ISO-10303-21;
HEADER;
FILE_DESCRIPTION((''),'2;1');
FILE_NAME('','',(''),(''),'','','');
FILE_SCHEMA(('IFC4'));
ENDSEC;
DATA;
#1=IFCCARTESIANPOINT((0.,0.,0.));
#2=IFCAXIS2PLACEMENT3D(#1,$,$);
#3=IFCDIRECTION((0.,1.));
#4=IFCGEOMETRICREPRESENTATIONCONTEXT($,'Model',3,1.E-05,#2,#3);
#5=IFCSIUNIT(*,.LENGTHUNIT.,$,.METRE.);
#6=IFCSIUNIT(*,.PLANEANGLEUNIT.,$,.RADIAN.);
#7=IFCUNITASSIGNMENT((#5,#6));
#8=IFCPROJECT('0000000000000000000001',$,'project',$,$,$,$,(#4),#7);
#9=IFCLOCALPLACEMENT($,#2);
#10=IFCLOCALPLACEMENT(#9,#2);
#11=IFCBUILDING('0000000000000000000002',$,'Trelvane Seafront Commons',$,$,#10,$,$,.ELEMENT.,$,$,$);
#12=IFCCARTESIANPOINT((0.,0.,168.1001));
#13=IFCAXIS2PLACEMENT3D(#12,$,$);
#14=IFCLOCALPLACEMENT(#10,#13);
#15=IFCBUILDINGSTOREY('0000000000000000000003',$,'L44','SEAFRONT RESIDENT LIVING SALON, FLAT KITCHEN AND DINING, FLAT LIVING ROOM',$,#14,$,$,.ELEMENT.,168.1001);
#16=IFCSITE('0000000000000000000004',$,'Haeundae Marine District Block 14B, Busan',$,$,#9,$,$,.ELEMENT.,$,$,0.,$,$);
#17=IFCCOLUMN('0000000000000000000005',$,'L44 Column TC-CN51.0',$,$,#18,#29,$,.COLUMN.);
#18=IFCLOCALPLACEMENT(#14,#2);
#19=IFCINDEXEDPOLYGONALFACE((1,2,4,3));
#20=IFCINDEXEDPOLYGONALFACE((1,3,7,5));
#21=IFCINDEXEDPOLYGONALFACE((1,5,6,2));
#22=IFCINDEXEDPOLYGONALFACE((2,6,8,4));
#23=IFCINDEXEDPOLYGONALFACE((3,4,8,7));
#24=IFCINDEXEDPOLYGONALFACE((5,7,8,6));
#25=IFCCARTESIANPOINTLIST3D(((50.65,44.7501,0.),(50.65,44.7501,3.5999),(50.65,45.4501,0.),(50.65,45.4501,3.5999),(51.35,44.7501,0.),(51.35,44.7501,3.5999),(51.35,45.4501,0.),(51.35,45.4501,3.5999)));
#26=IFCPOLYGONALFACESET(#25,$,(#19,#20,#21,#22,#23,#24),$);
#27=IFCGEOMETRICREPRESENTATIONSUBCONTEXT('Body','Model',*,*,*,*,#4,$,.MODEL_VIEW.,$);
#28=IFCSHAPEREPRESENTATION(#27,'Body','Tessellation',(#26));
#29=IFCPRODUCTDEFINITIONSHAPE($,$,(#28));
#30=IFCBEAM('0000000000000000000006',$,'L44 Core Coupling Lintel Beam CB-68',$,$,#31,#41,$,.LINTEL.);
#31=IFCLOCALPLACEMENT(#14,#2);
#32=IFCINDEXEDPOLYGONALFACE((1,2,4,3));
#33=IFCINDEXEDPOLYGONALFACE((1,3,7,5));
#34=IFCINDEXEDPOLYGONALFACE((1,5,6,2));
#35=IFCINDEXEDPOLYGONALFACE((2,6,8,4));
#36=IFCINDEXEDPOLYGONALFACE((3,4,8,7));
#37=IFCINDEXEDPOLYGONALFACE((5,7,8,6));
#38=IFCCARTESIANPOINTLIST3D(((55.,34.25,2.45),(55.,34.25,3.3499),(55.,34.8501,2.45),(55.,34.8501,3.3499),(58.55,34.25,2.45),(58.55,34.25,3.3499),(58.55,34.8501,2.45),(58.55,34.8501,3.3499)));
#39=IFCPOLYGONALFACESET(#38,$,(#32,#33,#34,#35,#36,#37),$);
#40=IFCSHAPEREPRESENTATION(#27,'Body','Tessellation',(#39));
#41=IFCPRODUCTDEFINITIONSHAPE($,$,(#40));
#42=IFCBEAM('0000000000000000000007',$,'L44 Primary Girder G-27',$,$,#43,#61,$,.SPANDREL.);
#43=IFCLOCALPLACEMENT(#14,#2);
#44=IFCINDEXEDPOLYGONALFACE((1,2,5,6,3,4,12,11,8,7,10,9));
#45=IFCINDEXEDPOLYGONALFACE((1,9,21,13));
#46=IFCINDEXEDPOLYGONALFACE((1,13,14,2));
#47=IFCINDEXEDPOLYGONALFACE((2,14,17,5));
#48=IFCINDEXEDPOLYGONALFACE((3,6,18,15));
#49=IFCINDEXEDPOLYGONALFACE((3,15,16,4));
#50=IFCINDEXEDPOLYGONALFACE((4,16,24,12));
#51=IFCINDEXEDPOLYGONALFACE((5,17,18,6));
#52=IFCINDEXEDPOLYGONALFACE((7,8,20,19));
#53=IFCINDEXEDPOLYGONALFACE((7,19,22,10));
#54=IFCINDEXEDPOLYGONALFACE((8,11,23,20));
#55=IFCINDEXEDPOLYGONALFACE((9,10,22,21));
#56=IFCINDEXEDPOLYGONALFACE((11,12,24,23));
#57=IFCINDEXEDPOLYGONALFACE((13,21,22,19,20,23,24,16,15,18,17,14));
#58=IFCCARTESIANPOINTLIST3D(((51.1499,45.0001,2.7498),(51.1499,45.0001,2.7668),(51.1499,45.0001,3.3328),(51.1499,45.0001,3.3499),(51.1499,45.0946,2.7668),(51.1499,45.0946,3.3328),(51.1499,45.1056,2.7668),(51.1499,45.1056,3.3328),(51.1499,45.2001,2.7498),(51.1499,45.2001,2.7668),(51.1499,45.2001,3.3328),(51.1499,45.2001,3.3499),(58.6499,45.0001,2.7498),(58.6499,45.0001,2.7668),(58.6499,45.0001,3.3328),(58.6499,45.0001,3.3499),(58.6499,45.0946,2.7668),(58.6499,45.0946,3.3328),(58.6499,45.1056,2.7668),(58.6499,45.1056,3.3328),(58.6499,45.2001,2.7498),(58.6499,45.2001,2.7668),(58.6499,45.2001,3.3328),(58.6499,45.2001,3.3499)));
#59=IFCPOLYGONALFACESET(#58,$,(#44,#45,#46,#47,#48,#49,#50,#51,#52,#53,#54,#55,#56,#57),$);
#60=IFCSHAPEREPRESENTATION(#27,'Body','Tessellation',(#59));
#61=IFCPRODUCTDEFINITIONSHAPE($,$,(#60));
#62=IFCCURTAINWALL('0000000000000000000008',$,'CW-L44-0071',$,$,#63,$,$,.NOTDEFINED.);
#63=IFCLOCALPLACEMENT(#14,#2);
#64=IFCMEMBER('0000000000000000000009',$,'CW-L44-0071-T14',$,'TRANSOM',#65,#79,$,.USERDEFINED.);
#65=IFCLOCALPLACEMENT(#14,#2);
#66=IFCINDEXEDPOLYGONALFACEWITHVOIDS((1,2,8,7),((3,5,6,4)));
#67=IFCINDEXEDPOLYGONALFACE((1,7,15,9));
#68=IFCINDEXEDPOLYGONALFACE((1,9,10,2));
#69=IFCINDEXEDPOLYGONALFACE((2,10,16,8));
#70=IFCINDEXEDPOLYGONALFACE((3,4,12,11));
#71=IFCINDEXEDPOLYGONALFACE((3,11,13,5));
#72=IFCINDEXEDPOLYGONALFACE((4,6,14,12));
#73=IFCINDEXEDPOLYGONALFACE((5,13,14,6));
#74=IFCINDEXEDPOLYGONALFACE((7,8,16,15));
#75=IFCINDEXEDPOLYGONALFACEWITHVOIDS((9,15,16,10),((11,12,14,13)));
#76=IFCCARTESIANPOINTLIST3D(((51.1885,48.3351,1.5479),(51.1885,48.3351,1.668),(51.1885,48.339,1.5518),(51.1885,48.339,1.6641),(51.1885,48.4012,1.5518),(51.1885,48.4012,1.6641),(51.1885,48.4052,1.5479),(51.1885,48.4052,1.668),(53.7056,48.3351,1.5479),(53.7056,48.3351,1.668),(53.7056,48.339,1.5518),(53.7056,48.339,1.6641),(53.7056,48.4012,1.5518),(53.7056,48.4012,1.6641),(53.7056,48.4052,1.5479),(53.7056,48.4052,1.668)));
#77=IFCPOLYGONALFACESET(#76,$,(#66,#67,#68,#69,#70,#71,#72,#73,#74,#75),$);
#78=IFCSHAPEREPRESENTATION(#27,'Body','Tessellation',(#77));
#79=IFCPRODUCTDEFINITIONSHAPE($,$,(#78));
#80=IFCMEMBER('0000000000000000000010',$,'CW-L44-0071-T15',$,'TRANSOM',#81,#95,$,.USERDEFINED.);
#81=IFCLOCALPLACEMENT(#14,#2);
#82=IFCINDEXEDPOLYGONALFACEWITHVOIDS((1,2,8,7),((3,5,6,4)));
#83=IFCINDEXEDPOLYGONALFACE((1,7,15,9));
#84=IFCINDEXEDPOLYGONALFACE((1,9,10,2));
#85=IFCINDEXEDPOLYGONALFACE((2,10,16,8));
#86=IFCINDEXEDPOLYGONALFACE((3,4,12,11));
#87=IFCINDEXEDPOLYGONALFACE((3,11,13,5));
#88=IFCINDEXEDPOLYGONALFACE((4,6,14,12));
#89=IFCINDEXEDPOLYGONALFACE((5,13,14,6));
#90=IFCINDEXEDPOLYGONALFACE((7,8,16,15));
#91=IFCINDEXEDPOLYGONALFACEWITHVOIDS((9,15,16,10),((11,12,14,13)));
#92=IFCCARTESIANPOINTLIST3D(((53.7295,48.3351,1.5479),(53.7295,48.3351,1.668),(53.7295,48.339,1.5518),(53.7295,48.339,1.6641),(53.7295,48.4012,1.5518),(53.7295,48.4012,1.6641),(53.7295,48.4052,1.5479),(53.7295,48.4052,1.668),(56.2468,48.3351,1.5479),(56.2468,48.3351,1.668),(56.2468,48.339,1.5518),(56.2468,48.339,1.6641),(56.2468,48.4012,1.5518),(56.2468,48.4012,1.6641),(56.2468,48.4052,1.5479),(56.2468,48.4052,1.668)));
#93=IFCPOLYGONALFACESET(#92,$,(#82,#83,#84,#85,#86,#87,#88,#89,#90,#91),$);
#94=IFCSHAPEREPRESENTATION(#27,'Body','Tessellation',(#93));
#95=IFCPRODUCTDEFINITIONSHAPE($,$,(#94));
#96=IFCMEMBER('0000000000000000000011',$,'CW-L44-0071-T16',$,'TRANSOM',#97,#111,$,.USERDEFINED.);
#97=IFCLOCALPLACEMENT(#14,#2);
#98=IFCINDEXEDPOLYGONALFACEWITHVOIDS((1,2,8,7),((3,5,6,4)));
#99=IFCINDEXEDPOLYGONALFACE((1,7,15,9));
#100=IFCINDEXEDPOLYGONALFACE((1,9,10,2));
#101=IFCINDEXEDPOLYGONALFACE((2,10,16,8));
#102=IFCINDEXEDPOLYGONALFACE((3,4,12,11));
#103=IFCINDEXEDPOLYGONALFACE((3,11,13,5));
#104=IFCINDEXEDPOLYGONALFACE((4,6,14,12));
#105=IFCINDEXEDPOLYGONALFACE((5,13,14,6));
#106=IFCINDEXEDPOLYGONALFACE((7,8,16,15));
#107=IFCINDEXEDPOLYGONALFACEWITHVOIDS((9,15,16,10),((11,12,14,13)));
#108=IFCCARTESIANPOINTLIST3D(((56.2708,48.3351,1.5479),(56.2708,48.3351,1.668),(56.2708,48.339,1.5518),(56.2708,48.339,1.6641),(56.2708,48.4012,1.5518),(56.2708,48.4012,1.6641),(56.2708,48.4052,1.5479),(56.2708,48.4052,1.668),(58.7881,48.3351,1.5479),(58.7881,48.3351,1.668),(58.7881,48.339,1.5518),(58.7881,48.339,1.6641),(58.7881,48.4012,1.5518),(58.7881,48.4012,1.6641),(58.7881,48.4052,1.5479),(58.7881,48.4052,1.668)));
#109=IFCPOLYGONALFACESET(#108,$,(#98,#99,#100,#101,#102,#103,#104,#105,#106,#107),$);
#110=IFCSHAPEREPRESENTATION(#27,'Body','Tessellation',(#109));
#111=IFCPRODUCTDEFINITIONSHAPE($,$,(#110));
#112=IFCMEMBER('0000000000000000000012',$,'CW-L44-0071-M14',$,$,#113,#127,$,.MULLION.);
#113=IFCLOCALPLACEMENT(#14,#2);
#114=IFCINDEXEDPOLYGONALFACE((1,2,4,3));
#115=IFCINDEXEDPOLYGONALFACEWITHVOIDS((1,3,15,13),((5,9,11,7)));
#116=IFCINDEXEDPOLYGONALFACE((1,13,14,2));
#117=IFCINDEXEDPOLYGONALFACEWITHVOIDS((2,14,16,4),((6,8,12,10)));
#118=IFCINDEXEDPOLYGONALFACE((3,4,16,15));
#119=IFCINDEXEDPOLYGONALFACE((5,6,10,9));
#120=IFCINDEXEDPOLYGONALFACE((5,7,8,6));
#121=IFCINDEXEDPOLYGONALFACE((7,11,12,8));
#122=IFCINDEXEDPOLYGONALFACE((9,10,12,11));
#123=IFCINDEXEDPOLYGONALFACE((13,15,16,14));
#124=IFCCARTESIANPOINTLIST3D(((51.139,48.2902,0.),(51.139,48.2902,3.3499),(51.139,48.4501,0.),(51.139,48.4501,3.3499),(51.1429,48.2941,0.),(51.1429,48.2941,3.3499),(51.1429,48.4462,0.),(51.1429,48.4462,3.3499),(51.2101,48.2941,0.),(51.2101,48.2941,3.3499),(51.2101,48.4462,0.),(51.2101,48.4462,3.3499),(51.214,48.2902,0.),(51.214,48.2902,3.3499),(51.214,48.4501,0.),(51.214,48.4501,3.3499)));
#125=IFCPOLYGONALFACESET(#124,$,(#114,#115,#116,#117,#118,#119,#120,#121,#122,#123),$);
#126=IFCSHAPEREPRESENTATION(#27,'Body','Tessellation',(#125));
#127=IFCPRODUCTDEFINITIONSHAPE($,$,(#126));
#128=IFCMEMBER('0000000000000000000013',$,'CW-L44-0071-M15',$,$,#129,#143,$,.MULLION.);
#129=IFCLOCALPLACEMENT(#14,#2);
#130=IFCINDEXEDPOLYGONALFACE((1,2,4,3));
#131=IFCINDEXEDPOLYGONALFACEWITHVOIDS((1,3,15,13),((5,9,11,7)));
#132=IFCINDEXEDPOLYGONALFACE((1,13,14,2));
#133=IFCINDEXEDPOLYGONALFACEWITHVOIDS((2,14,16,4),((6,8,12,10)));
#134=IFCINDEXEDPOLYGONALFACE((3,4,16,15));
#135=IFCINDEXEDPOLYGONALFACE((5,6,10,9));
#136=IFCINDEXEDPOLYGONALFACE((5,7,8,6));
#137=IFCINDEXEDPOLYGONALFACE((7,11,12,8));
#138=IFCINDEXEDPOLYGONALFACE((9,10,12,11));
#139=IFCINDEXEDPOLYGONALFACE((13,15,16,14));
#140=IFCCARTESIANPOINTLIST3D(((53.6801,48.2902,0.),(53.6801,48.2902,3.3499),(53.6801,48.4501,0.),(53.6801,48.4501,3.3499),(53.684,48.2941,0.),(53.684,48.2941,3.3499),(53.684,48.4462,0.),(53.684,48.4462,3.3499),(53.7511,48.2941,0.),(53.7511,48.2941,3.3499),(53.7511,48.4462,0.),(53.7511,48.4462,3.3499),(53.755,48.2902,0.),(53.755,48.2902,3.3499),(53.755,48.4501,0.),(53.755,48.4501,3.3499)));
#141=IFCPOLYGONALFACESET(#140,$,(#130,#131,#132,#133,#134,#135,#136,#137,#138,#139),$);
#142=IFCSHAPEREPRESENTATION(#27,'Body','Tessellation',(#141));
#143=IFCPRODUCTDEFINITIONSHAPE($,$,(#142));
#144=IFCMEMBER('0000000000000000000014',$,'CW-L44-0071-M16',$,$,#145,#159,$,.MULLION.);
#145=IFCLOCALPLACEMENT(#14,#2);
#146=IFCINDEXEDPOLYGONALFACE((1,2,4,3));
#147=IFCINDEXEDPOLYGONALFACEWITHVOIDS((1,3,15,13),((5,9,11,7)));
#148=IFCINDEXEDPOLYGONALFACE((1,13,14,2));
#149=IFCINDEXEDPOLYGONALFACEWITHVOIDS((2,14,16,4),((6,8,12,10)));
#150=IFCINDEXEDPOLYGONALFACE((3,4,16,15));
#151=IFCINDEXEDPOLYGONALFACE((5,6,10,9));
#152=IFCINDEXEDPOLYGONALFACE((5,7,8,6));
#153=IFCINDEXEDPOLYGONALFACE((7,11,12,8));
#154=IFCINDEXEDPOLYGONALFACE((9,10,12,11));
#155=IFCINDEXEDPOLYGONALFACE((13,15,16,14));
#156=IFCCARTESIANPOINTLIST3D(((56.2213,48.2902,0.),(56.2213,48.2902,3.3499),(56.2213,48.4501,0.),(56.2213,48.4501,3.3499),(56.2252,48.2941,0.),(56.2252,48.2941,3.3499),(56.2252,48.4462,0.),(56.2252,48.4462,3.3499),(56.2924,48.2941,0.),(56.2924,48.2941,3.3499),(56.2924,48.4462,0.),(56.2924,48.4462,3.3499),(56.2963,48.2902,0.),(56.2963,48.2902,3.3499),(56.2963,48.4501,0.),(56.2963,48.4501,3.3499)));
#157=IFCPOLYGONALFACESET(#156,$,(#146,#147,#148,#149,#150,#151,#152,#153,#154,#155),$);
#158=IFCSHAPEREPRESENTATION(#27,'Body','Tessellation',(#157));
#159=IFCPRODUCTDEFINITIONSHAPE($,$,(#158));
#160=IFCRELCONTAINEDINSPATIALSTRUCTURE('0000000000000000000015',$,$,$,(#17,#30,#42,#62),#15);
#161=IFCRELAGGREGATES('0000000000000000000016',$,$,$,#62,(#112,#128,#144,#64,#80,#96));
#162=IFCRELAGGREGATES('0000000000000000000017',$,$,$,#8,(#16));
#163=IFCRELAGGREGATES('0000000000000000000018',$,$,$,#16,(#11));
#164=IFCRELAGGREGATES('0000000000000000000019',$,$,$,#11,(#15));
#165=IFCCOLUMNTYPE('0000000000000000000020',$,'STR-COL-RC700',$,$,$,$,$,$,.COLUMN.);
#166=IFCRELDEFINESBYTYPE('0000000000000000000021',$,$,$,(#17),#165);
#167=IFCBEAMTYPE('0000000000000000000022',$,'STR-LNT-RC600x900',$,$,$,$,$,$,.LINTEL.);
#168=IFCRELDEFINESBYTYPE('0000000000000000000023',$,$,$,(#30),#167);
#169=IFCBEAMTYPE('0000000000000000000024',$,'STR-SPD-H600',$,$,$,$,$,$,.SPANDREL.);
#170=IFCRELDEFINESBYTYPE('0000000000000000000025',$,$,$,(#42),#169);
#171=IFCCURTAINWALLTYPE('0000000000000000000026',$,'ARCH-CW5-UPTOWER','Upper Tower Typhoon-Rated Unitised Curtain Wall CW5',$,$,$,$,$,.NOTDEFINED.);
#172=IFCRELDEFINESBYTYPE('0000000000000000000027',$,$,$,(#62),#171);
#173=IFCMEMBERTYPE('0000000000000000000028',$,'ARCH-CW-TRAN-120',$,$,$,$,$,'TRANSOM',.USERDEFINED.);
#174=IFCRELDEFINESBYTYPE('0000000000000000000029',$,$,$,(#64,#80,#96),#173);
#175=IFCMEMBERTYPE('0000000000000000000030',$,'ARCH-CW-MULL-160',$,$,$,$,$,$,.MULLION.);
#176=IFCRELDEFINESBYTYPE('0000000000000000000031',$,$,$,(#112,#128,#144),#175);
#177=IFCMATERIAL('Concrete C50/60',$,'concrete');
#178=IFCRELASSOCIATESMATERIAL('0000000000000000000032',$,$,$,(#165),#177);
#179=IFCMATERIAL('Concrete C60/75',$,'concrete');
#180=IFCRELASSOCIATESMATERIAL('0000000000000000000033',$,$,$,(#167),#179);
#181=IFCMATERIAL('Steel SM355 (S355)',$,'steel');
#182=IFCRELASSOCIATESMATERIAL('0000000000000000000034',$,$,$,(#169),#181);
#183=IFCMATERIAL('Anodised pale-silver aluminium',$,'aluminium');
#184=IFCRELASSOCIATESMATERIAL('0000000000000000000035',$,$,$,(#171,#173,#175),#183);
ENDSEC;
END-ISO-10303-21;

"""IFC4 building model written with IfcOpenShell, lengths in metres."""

from ifc_helpers import new_model, si_unit, direction, frame, origin, origin_2d, place, context, subcontext, project, spatial, rectangle, hollow_rectangle, i_section, extrude, source, transform, mapped, material, material_profile, profile_set, type_object, element, aggregate, save


model = new_model("IFC4")

# Units and contexts
model_context = context("Model", 3, precision=1e-05, world=origin(), true_north=direction((0.0, 1.0)))
body_context = subcontext(model_context, "Body", "Model", "MODEL_VIEW")
ifc_project = project(units=[si_unit("LENGTHUNIT", "METRE"), si_unit("PLANEANGLEUNIT", "RADIAN")], contexts=[model_context])

# Site, building, storey
site_placement = place(None, origin())
site = spatial("IfcSite", under=ifc_project, at=site_placement, Name="Haeundae Marine District Block 14B, Busan", CompositionType="ELEMENT", RefElevation=0.0)
building_placement = place(site_placement, origin())
building = spatial("IfcBuilding", under=site, at=building_placement, Name="Trelvane Seafront Commons", CompositionType="ELEMENT")
storey_placement = place(building_placement, frame((0.0, 0.0, 168.1001)))
storey = spatial("IfcBuildingStorey", under=building, at=storey_placement, Name="L44", Description="SEAFRONT RESIDENT LIVING SALON, FLAT KITCHEN AND DINING, FLAT LIVING ROOM", CompositionType="ELEMENT", Elevation=168.1001)

# Column
ifc_material_1 = material(Name="Concrete C50/60", Category="concrete")
ifc_material_profile_1 = material_profile(ifc_material_1, rectangle(XDim=0.7, YDim=0.7, at=origin_2d()), Name="RC-700x700")
ifc_profile_set_1 = profile_set([ifc_material_profile_1], Name="Concrete C50/60")
column_type = type_object("IfcColumnType", Name="STR-COL-RC700", PredefinedType="COLUMN", material=ifc_profile_set_1)
shared_shape_1 = source(origin(), body_context, "Body", "SweptSolid", [
    extrude(rectangle(XDim=0.7, YDim=0.7, at=origin_2d()), origin(), (0.0, 0.0, 1.0), 3.5999),
])
column_placement = place(storey_placement, frame((51.0, 45.1001, 0.0), z_axis=(0.0, 0.0, 1.0), x_axis=(1.0, 0.0, 0.0)))
element("IfcColumn", 1, at=column_placement, inside=storey, type_object=column_type, Name="L44 Column TC-CN51.0", PredefinedType="COLUMN", context=body_context, shape_type="MappedRepresentation", body=[
    mapped(shared_shape_1, transform((0.0, 0.0, 0.0), x_axis=(1.0, 0.0, 0.0), y_axis=(0.0, 1.0, 0.0), z_axis=(0.0, 0.0, 1.0), scale=1.0)),
])

# Beams
ifc_material_2 = material(Name="Concrete C60/75", Category="concrete")
ifc_material_profile_2 = material_profile(ifc_material_2, rectangle(XDim=0.6001, YDim=0.8999, at=origin_2d()), Name="RC-600x900")
ifc_profile_set_2 = profile_set([ifc_material_profile_2], Name="Concrete C60/75")
beam_type_1 = type_object("IfcBeamType", Name="STR-LNT-RC600x900", PredefinedType="LINTEL", material=ifc_profile_set_2)
shared_shape_2 = source(origin(), body_context, "Body", "SweptSolid", [
    extrude(rectangle(XDim=0.6001, YDim=0.8999, at=origin_2d()), origin(), (0.0, 0.0, 1.0), 3.55),
])
beam_1_placement = place(storey_placement, frame((55.0, 34.55, 2.8999), z_axis=(1.0, 0.0, 0.0), x_axis=(0.0, 1.0, 0.0)))
element("IfcBeam", 2, at=beam_1_placement, inside=storey, type_object=beam_type_1, Name="L44 Core Coupling Lintel Beam CB-68", PredefinedType="LINTEL", context=body_context, shape_type="MappedRepresentation", body=[
    mapped(shared_shape_2, transform((0.0, 0.0, 0.0), x_axis=(1.0, 0.0, 0.0), y_axis=(0.0, 1.0, 0.0), z_axis=(0.0, 0.0, 1.0), scale=1.0)),
])
ifc_material_3 = material(Name="Steel SM355 (S355)", Category="steel")
ifc_material_profile_3 = material_profile(ifc_material_3, i_section(OverallWidth=0.2, OverallDepth=0.6001, WebThickness=0.011, FlangeThickness=0.0171, at=origin_2d()), Name="H-600x200x11x17")
ifc_profile_set_3 = profile_set([ifc_material_profile_3], Name="Steel SM355 (S355)")
beam_type_2 = type_object("IfcBeamType", Name="STR-SPD-H600", PredefinedType="SPANDREL", material=ifc_profile_set_3)
shared_shape_3 = source(origin(), body_context, "Body", "SweptSolid", [
    extrude(i_section(OverallWidth=0.2, OverallDepth=0.6001, WebThickness=0.011, FlangeThickness=0.0171, at=origin_2d()), origin(), (0.0, 0.0, 1.0), 7.5),
])
beam_2_placement = place(storey_placement, frame((51.1499, 45.1001, 3.0498), z_axis=(1.0, 0.0, 0.0), x_axis=(0.0, 1.0, 0.0)))
element("IfcBeam", 3, at=beam_2_placement, inside=storey, type_object=beam_type_2, Name="L44 Primary Girder G-27", PredefinedType="SPANDREL", context=body_context, shape_type="MappedRepresentation", body=[
    mapped(shared_shape_3, transform((0.0, 0.0, 0.0), x_axis=(1.0, 0.0, 0.0), y_axis=(0.0, 1.0, 0.0), z_axis=(0.0, 0.0, 1.0), scale=1.0)),
])

# Curtain wall, members
ifc_material_4 = material(Name="Anodised pale-silver aluminium", Category="aluminium")
curtain_wall_type = type_object("IfcCurtainWallType", Name="ARCH-CW5-UPTOWER", Description="Upper Tower Typhoon-Rated Unitised Curtain Wall CW5", PredefinedType="NOTDEFINED", material=ifc_material_4)
curtain_wall_placement = place(storey_placement, origin())
curtain_wall = element("IfcCurtainWall", 4, at=curtain_wall_placement, inside=storey, type_object=curtain_wall_type, Name="CW-L44-0071", PredefinedType="NOTDEFINED")
ifc_material_profile_4 = material_profile(ifc_material_4, hollow_rectangle(XDim=0.0701, YDim=0.1201, WallThickness=0.0039, at=origin_2d()), Name="TRAN-70x120x4")
ifc_profile_set_4 = profile_set([ifc_material_profile_4], Name="Anodised pale-silver aluminium")
member_type_1 = type_object("IfcMemberType", Name="ARCH-CW-TRAN-120", ElementType="TRANSOM", PredefinedType="USERDEFINED", material=ifc_profile_set_4)
shared_shape_4 = source(origin(), body_context, "Body", "SweptSolid", [
    extrude(hollow_rectangle(XDim=0.0701, YDim=0.1201, WallThickness=0.0039, at=origin_2d()), origin(), (0.0, 0.0, 1.0), 2.5171),
])
member_1_placement = place(storey_placement, frame((51.1885, 48.3701, 1.6079), z_axis=(1.0, 0.0, 0.0), x_axis=(0.0, 1.0, 0.0)))
member_1 = element("IfcMember", 5, at=member_1_placement, type_object=member_type_1, Name="CW-L44-0071-T14", ObjectType="TRANSOM", PredefinedType="USERDEFINED", context=body_context, shape_type="MappedRepresentation", body=[
    mapped(shared_shape_4, transform((0.0, 0.0, 0.0), x_axis=(1.0, 0.0, 0.0), y_axis=(0.0, 1.0, 0.0), z_axis=(0.0, 0.0, 1.0), scale=1.0)),
])
shared_shape_5 = source(origin(), body_context, "Body", "SweptSolid", [
    extrude(hollow_rectangle(XDim=0.0701, YDim=0.1201, WallThickness=0.0039, at=origin_2d()), origin(), (0.0, 0.0, 1.0), 2.5173),
])
member_2_placement = place(storey_placement, frame((53.7295, 48.3701, 1.6079), z_axis=(1.0, 0.0, 0.0), x_axis=(0.0, 1.0, 0.0)))
member_2 = element("IfcMember", 6, at=member_2_placement, type_object=member_type_1, Name="CW-L44-0071-T15", ObjectType="TRANSOM", PredefinedType="USERDEFINED", context=body_context, shape_type="MappedRepresentation", body=[
    mapped(shared_shape_5, transform((0.0, 0.0, 0.0), x_axis=(1.0, 0.0, 0.0), y_axis=(0.0, 1.0, 0.0), z_axis=(0.0, 0.0, 1.0), scale=1.0)),
])
member_3_placement = place(storey_placement, frame((56.2708, 48.3701, 1.6079), z_axis=(1.0, 0.0, 0.0), x_axis=(0.0, 1.0, 0.0)))
member_3 = element("IfcMember", 7, at=member_3_placement, type_object=member_type_1, Name="CW-L44-0071-T16", ObjectType="TRANSOM", PredefinedType="USERDEFINED", context=body_context, shape_type="MappedRepresentation", body=[
    mapped(shared_shape_5, transform((0.0, 0.0, 0.0), x_axis=(1.0, 0.0, 0.0), y_axis=(0.0, 1.0, 0.0), z_axis=(0.0, 0.0, 1.0), scale=1.0)),
])
ifc_material_profile_5 = material_profile(ifc_material_4, hollow_rectangle(XDim=0.075, YDim=0.1599, WallThickness=0.0039, at=origin_2d()), Name="MULL-75x160x4")
ifc_profile_set_5 = profile_set([ifc_material_profile_5], Name="Anodised pale-silver aluminium")
member_type_2 = type_object("IfcMemberType", Name="ARCH-CW-MULL-160", PredefinedType="MULLION", material=ifc_profile_set_5)
shared_shape_6 = source(origin(), body_context, "Body", "SweptSolid", [
    extrude(hollow_rectangle(XDim=0.075, YDim=0.1599, WallThickness=0.0039, at=origin_2d()), origin(), (0.0, 0.0, 1.0), 3.3499),
])
member_4_placement = place(storey_placement, frame((51.1765, 48.3701, 0.0), z_axis=(0.0, 0.0, 1.0), x_axis=(1.0, 0.0, 0.0)))
member_4 = element("IfcMember", 8, at=member_4_placement, type_object=member_type_2, Name="CW-L44-0071-M14", PredefinedType="MULLION", context=body_context, shape_type="MappedRepresentation", body=[
    mapped(shared_shape_6, transform((0.0, 0.0, 0.0), x_axis=(1.0, 0.0, 0.0), y_axis=(0.0, 1.0, 0.0), z_axis=(0.0, 0.0, 1.0), scale=1.0)),
])
member_5_placement = place(storey_placement, frame((53.7175, 48.3701, 0.0), z_axis=(0.0, 0.0, 1.0), x_axis=(1.0, 0.0, 0.0)))
member_5 = element("IfcMember", 9, at=member_5_placement, type_object=member_type_2, Name="CW-L44-0071-M15", PredefinedType="MULLION", context=body_context, shape_type="MappedRepresentation", body=[
    mapped(shared_shape_6, transform((0.0, 0.0, 0.0), x_axis=(1.0, 0.0, 0.0), y_axis=(0.0, 1.0, 0.0), z_axis=(0.0, 0.0, 1.0), scale=1.0)),
])
member_6_placement = place(storey_placement, frame((56.2588, 48.3701, 0.0), z_axis=(0.0, 0.0, 1.0), x_axis=(1.0, 0.0, 0.0)))
member_6 = element("IfcMember", 10, at=member_6_placement, type_object=member_type_2, Name="CW-L44-0071-M16", PredefinedType="MULLION", context=body_context, shape_type="MappedRepresentation", body=[
    mapped(shared_shape_6, transform((0.0, 0.0, 0.0), x_axis=(1.0, 0.0, 0.0), y_axis=(0.0, 1.0, 0.0), z_axis=(0.0, 0.0, 1.0), scale=1.0)),
])

aggregate(curtain_wall, [member_4, member_5, member_6, member_1, member_2, member_3])

save(model, "model.ifc")
